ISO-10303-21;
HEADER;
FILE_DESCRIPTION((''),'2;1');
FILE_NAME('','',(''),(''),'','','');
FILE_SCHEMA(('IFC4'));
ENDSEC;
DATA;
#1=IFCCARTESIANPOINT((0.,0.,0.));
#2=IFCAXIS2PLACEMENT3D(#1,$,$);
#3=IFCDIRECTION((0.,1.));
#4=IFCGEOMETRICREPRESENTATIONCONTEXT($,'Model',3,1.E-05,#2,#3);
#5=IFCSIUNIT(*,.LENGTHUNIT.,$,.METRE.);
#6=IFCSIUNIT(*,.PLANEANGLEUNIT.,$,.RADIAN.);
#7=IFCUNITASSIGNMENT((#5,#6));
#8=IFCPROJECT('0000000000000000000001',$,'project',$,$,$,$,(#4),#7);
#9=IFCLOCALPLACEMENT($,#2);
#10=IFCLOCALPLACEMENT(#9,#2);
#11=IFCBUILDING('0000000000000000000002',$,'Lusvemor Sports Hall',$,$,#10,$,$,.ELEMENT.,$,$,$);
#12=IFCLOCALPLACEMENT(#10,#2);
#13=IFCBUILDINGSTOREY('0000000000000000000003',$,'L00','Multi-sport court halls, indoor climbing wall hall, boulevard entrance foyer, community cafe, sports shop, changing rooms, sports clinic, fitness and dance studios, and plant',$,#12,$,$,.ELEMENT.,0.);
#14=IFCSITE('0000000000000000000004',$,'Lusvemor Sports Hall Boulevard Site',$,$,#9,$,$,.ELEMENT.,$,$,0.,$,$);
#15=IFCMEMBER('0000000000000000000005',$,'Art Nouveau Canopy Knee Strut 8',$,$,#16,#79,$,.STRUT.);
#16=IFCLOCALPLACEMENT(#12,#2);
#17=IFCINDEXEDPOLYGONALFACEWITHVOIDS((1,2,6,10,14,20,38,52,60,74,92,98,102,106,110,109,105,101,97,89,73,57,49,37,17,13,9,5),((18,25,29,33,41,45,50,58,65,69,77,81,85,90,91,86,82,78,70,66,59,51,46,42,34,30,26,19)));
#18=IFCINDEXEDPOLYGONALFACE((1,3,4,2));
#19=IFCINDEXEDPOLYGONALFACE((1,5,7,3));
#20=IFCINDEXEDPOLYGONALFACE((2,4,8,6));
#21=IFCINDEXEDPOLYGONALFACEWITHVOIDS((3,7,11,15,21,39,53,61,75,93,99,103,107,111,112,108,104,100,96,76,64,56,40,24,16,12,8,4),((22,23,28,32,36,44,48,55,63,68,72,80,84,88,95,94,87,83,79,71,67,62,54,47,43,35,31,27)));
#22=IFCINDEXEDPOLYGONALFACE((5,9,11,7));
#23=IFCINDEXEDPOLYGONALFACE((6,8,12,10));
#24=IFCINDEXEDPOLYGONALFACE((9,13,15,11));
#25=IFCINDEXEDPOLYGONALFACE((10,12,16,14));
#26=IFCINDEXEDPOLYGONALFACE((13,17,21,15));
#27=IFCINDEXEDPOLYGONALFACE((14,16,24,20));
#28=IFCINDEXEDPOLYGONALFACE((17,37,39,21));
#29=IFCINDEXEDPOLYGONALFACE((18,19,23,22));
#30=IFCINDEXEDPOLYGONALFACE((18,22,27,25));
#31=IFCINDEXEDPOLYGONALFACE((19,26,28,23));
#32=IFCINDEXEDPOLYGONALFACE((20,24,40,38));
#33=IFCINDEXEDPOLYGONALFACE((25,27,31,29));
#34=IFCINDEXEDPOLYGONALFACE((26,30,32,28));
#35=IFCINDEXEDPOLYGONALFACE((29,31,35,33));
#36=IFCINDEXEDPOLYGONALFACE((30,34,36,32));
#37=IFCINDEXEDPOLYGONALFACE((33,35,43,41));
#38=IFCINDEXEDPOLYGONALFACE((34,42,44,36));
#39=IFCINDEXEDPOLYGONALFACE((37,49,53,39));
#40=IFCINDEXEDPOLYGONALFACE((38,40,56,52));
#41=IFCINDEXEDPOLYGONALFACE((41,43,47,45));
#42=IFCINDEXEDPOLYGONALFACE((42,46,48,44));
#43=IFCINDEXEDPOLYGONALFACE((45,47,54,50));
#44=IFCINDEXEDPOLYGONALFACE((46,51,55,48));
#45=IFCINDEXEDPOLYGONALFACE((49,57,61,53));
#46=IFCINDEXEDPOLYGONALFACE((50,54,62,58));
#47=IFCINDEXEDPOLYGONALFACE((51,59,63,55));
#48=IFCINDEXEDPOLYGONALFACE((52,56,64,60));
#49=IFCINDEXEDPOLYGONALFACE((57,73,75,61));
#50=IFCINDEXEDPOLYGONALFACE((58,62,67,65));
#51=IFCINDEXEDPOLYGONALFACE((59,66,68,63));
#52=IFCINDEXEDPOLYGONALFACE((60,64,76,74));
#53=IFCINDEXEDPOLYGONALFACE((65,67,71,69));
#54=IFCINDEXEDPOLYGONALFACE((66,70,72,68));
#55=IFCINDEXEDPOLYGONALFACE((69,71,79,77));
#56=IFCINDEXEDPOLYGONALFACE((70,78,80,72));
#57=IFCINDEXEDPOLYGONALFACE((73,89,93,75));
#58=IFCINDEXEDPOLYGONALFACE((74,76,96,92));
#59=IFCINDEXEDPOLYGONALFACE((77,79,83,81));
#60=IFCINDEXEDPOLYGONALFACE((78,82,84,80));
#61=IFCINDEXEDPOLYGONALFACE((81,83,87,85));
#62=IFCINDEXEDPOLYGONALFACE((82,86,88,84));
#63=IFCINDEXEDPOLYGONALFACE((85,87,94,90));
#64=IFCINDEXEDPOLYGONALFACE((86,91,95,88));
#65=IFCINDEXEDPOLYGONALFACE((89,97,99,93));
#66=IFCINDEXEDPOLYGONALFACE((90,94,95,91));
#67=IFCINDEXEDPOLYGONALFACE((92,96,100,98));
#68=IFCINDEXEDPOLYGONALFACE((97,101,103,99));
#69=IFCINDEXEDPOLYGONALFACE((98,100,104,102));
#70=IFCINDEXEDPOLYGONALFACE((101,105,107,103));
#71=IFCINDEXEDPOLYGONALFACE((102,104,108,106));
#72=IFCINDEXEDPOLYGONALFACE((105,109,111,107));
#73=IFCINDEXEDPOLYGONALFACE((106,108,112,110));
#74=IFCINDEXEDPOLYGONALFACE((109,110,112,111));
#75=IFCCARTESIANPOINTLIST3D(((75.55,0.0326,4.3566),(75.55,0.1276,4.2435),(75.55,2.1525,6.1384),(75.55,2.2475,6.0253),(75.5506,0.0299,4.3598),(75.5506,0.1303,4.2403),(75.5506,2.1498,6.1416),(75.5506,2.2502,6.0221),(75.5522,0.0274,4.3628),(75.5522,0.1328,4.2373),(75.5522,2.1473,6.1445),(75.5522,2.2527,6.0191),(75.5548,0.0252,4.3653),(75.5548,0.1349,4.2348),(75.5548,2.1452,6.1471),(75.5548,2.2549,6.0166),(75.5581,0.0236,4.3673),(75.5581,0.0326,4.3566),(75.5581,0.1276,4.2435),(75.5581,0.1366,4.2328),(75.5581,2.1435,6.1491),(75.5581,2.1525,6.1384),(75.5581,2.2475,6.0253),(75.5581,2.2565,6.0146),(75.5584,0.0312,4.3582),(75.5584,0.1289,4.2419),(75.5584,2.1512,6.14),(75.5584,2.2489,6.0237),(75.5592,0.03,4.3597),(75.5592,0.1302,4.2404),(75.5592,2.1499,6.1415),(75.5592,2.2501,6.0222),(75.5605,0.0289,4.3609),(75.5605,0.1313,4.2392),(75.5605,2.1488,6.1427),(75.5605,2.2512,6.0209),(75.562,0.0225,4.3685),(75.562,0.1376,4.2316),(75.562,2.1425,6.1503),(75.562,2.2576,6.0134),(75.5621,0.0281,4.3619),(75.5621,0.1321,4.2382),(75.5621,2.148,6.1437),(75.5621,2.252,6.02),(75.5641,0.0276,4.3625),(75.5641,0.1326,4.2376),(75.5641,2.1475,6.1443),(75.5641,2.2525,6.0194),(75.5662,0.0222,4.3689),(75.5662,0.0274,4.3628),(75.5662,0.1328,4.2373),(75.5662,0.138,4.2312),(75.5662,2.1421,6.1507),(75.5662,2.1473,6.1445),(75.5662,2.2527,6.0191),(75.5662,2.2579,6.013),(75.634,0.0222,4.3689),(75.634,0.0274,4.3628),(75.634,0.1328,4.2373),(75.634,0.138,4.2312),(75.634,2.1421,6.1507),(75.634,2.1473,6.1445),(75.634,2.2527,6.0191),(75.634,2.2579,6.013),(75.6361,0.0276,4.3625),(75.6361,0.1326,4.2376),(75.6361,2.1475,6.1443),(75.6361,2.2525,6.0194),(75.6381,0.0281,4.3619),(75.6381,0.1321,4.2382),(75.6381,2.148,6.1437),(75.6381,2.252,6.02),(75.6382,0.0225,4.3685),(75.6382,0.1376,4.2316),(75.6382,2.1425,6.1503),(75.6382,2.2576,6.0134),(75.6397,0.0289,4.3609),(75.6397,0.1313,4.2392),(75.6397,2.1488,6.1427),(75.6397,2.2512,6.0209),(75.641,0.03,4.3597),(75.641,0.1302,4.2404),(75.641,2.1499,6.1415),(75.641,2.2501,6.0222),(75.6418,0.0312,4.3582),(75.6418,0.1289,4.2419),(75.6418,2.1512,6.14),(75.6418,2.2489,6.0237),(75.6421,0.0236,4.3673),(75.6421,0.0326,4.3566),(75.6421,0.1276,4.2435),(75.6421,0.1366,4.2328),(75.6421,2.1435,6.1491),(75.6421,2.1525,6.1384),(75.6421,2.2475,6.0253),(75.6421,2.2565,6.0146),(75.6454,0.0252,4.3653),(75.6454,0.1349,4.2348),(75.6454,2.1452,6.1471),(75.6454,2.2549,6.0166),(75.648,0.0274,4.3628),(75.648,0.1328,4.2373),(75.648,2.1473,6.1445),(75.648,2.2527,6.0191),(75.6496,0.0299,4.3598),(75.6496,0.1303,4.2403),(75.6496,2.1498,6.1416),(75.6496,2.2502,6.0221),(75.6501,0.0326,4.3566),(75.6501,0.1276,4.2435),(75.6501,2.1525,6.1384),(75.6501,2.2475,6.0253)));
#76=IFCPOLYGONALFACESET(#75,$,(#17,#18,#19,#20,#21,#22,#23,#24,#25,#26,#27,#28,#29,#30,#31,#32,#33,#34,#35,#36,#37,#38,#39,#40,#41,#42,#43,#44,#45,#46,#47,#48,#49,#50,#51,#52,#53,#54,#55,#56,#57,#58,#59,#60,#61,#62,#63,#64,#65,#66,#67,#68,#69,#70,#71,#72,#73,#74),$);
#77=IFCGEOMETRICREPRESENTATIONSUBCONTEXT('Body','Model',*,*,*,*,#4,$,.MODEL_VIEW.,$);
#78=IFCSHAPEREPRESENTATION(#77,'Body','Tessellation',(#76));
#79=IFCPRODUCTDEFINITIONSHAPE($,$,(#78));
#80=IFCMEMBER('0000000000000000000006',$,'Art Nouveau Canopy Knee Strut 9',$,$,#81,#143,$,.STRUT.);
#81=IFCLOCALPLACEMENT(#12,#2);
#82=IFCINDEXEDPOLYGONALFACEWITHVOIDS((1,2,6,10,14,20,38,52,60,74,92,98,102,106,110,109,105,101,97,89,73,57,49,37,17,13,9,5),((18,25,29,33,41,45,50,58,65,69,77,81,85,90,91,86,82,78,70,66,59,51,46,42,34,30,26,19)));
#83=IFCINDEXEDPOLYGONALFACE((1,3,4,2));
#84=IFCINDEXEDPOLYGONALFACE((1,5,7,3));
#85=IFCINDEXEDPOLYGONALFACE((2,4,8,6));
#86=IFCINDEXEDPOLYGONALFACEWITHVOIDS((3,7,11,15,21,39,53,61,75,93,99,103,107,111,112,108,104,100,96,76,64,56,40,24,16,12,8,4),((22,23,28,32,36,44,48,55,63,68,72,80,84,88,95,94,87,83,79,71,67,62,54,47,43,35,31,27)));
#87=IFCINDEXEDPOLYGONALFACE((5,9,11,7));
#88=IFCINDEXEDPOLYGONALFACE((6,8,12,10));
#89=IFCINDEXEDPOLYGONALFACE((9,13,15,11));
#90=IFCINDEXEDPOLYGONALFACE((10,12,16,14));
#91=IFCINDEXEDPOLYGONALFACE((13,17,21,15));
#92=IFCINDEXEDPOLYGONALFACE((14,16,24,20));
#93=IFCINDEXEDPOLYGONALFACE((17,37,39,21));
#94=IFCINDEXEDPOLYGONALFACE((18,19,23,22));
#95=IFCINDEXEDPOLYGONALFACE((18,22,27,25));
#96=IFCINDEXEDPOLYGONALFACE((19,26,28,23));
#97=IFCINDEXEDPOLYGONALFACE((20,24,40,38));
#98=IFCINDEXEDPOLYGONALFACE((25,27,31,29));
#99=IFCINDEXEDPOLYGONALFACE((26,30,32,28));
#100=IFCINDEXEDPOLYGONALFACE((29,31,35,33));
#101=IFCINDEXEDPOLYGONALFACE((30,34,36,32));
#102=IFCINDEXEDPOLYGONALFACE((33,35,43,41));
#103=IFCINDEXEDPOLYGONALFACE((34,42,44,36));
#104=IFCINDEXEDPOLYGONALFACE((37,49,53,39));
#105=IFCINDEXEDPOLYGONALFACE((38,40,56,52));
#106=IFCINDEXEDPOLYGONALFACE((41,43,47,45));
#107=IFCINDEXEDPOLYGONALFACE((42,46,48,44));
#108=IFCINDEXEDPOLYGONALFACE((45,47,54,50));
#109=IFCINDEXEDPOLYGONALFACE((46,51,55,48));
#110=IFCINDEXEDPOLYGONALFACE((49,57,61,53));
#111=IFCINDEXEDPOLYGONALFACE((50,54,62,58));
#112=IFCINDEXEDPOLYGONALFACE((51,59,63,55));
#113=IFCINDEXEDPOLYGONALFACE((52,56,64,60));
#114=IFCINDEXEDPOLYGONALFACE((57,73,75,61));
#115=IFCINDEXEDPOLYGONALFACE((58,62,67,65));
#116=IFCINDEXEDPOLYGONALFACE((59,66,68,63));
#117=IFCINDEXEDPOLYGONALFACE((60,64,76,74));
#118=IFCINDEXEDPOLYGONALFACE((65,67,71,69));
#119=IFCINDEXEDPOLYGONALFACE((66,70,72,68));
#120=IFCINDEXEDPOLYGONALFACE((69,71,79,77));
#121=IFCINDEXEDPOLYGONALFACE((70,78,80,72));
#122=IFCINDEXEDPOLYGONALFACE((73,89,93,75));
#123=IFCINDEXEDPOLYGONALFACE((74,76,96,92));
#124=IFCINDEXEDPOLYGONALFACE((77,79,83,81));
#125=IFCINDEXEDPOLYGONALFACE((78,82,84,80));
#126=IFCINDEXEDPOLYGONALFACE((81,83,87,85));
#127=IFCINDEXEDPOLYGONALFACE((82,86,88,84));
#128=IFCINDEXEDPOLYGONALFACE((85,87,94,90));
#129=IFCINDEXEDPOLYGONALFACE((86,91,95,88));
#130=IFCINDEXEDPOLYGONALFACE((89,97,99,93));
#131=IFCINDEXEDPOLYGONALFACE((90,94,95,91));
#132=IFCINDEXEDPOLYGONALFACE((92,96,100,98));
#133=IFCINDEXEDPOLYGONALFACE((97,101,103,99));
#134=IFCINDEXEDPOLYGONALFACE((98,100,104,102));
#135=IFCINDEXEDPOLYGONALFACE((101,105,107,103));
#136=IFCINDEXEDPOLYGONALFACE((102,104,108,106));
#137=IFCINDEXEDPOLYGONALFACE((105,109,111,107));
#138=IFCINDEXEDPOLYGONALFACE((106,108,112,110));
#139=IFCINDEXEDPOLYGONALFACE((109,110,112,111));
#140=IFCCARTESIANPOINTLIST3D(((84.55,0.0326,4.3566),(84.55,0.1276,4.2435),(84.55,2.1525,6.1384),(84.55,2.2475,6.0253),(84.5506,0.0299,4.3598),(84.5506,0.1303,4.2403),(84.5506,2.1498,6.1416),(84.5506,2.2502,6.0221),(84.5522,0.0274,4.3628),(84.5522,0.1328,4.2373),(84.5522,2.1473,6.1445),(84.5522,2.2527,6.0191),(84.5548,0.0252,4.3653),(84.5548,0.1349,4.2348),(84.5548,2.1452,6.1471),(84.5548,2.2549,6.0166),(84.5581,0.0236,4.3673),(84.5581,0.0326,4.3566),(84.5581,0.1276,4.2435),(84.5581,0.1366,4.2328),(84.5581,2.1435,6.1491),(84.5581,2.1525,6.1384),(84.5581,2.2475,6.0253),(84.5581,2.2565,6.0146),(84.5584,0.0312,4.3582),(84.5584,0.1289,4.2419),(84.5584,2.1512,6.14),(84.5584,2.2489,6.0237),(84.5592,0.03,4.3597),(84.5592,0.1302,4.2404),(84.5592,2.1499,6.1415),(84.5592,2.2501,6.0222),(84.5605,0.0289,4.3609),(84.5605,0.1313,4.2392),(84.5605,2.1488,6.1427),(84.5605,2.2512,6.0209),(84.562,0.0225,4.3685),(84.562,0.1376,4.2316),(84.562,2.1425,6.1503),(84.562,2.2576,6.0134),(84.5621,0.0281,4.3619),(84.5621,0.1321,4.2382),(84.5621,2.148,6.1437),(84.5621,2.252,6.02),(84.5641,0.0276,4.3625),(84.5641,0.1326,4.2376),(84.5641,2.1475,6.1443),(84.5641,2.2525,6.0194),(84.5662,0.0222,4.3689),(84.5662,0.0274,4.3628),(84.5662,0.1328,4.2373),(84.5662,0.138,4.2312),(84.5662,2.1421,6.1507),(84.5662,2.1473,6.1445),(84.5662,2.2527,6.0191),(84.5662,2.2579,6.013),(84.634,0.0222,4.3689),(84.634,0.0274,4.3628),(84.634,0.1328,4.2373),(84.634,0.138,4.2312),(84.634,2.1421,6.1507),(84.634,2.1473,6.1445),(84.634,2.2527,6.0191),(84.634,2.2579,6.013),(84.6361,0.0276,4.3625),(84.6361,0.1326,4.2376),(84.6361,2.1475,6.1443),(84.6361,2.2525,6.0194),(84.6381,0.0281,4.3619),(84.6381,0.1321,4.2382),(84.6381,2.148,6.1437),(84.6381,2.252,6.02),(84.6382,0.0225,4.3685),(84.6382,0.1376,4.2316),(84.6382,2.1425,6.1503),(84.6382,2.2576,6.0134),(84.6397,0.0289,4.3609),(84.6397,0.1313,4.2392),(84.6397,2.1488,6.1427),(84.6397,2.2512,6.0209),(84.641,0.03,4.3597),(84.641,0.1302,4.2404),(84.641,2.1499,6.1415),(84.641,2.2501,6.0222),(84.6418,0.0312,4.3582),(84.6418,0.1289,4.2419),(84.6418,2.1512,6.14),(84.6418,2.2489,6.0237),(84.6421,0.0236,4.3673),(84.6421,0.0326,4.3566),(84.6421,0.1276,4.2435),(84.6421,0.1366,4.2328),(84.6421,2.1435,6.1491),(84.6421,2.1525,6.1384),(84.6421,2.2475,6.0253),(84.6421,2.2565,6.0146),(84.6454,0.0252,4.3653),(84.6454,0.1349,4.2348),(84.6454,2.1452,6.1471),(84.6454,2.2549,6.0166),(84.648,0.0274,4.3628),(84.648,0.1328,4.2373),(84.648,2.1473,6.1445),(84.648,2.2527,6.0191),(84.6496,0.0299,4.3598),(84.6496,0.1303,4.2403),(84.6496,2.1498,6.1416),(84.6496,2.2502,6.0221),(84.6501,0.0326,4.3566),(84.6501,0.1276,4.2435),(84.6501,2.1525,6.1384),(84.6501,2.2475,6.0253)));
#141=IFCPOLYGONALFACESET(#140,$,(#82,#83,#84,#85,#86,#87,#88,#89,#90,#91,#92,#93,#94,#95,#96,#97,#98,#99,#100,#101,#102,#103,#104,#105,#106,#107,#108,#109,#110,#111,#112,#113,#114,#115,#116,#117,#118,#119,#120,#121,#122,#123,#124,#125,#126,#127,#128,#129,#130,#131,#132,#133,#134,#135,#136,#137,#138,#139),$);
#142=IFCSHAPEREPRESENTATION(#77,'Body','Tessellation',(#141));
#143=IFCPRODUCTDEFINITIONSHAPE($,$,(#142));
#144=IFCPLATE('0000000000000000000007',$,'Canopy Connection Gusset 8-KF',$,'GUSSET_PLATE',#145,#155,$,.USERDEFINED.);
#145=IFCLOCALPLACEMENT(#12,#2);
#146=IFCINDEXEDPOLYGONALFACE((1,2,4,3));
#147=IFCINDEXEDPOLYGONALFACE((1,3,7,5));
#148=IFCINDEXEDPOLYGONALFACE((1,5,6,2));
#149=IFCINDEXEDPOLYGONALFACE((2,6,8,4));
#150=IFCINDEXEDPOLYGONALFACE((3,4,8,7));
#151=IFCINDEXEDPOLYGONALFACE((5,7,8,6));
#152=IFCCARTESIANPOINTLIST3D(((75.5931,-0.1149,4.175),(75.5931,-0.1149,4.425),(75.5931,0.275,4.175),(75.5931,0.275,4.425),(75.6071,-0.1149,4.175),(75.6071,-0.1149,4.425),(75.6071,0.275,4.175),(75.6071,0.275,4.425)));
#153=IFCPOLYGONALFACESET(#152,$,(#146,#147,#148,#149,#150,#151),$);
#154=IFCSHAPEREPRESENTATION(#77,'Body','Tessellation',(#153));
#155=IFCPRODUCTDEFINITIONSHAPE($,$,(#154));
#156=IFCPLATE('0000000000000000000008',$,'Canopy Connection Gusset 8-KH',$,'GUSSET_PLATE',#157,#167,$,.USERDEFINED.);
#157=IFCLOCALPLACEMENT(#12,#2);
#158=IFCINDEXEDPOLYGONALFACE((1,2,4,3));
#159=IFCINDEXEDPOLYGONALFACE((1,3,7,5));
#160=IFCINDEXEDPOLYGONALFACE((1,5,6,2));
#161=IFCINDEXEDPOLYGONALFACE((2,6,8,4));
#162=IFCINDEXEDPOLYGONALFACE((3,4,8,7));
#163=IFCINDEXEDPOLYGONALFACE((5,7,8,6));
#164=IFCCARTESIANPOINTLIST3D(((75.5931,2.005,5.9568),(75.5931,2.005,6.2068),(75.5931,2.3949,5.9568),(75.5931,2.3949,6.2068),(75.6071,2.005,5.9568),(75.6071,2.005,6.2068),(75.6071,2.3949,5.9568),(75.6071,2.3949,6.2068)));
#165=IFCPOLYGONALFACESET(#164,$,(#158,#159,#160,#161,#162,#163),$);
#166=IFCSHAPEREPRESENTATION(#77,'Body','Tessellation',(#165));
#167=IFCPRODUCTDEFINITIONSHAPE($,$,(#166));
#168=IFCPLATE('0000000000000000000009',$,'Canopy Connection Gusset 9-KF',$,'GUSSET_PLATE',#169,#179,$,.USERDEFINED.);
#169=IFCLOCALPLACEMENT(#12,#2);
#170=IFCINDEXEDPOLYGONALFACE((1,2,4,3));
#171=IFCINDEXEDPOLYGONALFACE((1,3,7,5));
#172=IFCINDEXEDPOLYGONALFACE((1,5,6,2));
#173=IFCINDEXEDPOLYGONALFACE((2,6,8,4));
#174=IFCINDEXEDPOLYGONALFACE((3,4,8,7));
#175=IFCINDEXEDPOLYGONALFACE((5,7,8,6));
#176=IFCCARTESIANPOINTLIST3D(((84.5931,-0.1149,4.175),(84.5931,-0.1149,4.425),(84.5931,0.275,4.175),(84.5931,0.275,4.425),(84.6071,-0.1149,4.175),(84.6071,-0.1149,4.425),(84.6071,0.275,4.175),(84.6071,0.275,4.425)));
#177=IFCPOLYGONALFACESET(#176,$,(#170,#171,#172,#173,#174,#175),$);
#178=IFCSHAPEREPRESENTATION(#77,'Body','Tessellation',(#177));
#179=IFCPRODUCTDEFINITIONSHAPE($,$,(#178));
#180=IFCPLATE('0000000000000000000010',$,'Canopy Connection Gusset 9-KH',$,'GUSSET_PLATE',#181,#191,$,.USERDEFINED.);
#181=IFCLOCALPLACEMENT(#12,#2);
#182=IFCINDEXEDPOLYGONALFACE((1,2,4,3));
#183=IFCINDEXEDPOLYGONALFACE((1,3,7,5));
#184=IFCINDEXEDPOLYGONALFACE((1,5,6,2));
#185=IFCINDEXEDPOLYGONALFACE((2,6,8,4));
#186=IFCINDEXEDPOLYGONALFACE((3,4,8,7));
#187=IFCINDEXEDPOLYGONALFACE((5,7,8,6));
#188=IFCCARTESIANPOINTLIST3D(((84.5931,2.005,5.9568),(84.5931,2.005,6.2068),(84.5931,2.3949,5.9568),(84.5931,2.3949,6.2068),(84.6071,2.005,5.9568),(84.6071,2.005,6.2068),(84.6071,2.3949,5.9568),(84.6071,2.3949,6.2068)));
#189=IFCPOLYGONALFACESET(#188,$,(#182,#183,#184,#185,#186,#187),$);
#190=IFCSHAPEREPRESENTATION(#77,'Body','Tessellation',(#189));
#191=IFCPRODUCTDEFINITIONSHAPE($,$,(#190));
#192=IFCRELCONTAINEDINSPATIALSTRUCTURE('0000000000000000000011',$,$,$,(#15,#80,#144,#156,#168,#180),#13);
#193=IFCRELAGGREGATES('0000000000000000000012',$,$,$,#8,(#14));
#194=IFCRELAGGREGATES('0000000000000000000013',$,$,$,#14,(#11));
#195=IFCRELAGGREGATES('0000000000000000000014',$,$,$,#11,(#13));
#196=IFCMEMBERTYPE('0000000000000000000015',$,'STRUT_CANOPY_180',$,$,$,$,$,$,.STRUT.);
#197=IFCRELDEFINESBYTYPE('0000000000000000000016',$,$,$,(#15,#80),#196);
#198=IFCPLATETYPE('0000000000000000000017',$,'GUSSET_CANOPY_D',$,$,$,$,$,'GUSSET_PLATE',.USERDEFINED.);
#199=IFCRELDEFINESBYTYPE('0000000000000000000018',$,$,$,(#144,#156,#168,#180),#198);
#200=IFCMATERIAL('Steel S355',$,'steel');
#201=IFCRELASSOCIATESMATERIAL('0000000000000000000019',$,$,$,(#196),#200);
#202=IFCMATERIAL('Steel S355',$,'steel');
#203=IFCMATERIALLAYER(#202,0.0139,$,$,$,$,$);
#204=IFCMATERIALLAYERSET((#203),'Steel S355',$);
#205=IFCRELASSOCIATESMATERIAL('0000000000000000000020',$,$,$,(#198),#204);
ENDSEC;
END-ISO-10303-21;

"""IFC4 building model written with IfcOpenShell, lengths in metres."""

from ifc_helpers import new_model, si_unit, direction, frame, origin, origin_2d, place, context, subcontext, project, spatial, rectangle, hollow_rectangle, extrude, material, layer, layer_set, material_profile, profile_set, type_object, element, save


model = new_model("IFC4")

# Units and contexts
model_context = context("Model", 3, precision=1e-05, world=origin(), true_north=direction((0.0, 1.0)))
body_context = subcontext(model_context, "Body", "Model", "MODEL_VIEW")
ifc_project = project(units=[si_unit("LENGTHUNIT", "METRE"), si_unit("PLANEANGLEUNIT", "RADIAN")], contexts=[model_context])

# Site, building, storey
site_placement = place(None, origin())
site = spatial("IfcSite", under=ifc_project, at=site_placement, Name="Lusvemor Sports Hall Boulevard Site", CompositionType="ELEMENT", RefElevation=0.0)
building_placement = place(site_placement, origin())
building = spatial("IfcBuilding", under=site, at=building_placement, Name="Lusvemor Sports Hall", CompositionType="ELEMENT")
storey_placement = place(building_placement, origin())
storey = spatial("IfcBuildingStorey", under=building, at=storey_placement, Name="L00", Description="Multi-sport court halls, indoor climbing wall hall, boulevard entrance foyer, community cafe, sports shop, changing rooms, sports clinic, fitness and dance studios, and plant", CompositionType="ELEMENT", Elevation=0.0)

# Members
ifc_material_1 = material(Name="Steel S355", Category="steel")
ifc_material_profile_1 = material_profile(ifc_material_1, hollow_rectangle(XDim=0.1001, YDim=0.1799, WallThickness=0.0081, InnerFilletRadius=0.0081, OuterFilletRadius=0.0161, at=origin_2d()), Name="RHS180x100x8")
ifc_profile_set_1 = profile_set([ifc_material_profile_1], Name="Steel S355")
member_type = type_object("IfcMemberType", Name="STRUT_CANOPY_180", PredefinedType="STRUT", material=ifc_profile_set_1)
for number, where, z_axis, x_axis, name in (
    (1, (75.6001, 0.0801, 4.3), (0.0, 0.765519, 0.643413), (-1.0, 0.0, 0.0), "Art Nouveau Canopy Knee Strut 8"),
    (2, (84.6001, 0.0801, 4.3), (0.0, 0.765519, 0.643413), (-1.0, 0.0, 0.0), "Art Nouveau Canopy Knee Strut 9"),
):
    element("IfcMember", number, at=place(storey_placement, frame(where, z_axis=z_axis, x_axis=x_axis)), inside=storey, type_object=member_type, Name=name, PredefinedType="STRUT", context=body_context, shape_type="SweptSolid", body=[
        extrude(hollow_rectangle(XDim=0.1001, YDim=0.1799, WallThickness=0.0081, InnerFilletRadius=0.0081, OuterFilletRadius=0.0161, at=origin_2d()), origin(), (0.0, 0.0, 1.0), 2.7693),
    ])

# Plates
ifc_material_2 = material(Name="Steel S355", Category="steel")
ifc_layer_1 = layer(ifc_material_2, 0.0139)
ifc_layer_set_1 = layer_set([ifc_layer_1], Name="Steel S355")
plate_type = type_object("IfcPlateType", Name="GUSSET_CANOPY_D", ElementType="GUSSET_PLATE", PredefinedType="USERDEFINED", material=ifc_layer_set_1)
for number, where, z_axis, x_axis, name in (
    (3, (75.6001, 0.0801, 4.175), (0.0, 0.0, 1.0), (1.0, 0.0, 0.0), "Canopy Connection Gusset 8-KF"),
    (4, (75.6001, 2.2, 5.9568), (0.0, 0.0, 1.0), (1.0, 0.0, 0.0), "Canopy Connection Gusset 8-KH"),
    (5, (84.6001, 0.0801, 4.175), (0.0, 0.0, 1.0), (1.0, 0.0, 0.0), "Canopy Connection Gusset 9-KF"),
    (6, (84.6001, 2.2, 5.9568), (0.0, 0.0, 1.0), (1.0, 0.0, 0.0), "Canopy Connection Gusset 9-KH"),
):
    element("IfcPlate", number, at=place(storey_placement, frame(where, z_axis=z_axis, x_axis=x_axis)), inside=storey, type_object=plate_type, Name=name, ObjectType="GUSSET_PLATE", PredefinedType="USERDEFINED", context=body_context, shape_type="SweptSolid", body=[
        extrude(rectangle(XDim=0.0139, YDim=0.3899, at=origin_2d()), origin(), (0.0, 0.0, 1.0), 0.25),
    ])

save(model, "model.ifc")
